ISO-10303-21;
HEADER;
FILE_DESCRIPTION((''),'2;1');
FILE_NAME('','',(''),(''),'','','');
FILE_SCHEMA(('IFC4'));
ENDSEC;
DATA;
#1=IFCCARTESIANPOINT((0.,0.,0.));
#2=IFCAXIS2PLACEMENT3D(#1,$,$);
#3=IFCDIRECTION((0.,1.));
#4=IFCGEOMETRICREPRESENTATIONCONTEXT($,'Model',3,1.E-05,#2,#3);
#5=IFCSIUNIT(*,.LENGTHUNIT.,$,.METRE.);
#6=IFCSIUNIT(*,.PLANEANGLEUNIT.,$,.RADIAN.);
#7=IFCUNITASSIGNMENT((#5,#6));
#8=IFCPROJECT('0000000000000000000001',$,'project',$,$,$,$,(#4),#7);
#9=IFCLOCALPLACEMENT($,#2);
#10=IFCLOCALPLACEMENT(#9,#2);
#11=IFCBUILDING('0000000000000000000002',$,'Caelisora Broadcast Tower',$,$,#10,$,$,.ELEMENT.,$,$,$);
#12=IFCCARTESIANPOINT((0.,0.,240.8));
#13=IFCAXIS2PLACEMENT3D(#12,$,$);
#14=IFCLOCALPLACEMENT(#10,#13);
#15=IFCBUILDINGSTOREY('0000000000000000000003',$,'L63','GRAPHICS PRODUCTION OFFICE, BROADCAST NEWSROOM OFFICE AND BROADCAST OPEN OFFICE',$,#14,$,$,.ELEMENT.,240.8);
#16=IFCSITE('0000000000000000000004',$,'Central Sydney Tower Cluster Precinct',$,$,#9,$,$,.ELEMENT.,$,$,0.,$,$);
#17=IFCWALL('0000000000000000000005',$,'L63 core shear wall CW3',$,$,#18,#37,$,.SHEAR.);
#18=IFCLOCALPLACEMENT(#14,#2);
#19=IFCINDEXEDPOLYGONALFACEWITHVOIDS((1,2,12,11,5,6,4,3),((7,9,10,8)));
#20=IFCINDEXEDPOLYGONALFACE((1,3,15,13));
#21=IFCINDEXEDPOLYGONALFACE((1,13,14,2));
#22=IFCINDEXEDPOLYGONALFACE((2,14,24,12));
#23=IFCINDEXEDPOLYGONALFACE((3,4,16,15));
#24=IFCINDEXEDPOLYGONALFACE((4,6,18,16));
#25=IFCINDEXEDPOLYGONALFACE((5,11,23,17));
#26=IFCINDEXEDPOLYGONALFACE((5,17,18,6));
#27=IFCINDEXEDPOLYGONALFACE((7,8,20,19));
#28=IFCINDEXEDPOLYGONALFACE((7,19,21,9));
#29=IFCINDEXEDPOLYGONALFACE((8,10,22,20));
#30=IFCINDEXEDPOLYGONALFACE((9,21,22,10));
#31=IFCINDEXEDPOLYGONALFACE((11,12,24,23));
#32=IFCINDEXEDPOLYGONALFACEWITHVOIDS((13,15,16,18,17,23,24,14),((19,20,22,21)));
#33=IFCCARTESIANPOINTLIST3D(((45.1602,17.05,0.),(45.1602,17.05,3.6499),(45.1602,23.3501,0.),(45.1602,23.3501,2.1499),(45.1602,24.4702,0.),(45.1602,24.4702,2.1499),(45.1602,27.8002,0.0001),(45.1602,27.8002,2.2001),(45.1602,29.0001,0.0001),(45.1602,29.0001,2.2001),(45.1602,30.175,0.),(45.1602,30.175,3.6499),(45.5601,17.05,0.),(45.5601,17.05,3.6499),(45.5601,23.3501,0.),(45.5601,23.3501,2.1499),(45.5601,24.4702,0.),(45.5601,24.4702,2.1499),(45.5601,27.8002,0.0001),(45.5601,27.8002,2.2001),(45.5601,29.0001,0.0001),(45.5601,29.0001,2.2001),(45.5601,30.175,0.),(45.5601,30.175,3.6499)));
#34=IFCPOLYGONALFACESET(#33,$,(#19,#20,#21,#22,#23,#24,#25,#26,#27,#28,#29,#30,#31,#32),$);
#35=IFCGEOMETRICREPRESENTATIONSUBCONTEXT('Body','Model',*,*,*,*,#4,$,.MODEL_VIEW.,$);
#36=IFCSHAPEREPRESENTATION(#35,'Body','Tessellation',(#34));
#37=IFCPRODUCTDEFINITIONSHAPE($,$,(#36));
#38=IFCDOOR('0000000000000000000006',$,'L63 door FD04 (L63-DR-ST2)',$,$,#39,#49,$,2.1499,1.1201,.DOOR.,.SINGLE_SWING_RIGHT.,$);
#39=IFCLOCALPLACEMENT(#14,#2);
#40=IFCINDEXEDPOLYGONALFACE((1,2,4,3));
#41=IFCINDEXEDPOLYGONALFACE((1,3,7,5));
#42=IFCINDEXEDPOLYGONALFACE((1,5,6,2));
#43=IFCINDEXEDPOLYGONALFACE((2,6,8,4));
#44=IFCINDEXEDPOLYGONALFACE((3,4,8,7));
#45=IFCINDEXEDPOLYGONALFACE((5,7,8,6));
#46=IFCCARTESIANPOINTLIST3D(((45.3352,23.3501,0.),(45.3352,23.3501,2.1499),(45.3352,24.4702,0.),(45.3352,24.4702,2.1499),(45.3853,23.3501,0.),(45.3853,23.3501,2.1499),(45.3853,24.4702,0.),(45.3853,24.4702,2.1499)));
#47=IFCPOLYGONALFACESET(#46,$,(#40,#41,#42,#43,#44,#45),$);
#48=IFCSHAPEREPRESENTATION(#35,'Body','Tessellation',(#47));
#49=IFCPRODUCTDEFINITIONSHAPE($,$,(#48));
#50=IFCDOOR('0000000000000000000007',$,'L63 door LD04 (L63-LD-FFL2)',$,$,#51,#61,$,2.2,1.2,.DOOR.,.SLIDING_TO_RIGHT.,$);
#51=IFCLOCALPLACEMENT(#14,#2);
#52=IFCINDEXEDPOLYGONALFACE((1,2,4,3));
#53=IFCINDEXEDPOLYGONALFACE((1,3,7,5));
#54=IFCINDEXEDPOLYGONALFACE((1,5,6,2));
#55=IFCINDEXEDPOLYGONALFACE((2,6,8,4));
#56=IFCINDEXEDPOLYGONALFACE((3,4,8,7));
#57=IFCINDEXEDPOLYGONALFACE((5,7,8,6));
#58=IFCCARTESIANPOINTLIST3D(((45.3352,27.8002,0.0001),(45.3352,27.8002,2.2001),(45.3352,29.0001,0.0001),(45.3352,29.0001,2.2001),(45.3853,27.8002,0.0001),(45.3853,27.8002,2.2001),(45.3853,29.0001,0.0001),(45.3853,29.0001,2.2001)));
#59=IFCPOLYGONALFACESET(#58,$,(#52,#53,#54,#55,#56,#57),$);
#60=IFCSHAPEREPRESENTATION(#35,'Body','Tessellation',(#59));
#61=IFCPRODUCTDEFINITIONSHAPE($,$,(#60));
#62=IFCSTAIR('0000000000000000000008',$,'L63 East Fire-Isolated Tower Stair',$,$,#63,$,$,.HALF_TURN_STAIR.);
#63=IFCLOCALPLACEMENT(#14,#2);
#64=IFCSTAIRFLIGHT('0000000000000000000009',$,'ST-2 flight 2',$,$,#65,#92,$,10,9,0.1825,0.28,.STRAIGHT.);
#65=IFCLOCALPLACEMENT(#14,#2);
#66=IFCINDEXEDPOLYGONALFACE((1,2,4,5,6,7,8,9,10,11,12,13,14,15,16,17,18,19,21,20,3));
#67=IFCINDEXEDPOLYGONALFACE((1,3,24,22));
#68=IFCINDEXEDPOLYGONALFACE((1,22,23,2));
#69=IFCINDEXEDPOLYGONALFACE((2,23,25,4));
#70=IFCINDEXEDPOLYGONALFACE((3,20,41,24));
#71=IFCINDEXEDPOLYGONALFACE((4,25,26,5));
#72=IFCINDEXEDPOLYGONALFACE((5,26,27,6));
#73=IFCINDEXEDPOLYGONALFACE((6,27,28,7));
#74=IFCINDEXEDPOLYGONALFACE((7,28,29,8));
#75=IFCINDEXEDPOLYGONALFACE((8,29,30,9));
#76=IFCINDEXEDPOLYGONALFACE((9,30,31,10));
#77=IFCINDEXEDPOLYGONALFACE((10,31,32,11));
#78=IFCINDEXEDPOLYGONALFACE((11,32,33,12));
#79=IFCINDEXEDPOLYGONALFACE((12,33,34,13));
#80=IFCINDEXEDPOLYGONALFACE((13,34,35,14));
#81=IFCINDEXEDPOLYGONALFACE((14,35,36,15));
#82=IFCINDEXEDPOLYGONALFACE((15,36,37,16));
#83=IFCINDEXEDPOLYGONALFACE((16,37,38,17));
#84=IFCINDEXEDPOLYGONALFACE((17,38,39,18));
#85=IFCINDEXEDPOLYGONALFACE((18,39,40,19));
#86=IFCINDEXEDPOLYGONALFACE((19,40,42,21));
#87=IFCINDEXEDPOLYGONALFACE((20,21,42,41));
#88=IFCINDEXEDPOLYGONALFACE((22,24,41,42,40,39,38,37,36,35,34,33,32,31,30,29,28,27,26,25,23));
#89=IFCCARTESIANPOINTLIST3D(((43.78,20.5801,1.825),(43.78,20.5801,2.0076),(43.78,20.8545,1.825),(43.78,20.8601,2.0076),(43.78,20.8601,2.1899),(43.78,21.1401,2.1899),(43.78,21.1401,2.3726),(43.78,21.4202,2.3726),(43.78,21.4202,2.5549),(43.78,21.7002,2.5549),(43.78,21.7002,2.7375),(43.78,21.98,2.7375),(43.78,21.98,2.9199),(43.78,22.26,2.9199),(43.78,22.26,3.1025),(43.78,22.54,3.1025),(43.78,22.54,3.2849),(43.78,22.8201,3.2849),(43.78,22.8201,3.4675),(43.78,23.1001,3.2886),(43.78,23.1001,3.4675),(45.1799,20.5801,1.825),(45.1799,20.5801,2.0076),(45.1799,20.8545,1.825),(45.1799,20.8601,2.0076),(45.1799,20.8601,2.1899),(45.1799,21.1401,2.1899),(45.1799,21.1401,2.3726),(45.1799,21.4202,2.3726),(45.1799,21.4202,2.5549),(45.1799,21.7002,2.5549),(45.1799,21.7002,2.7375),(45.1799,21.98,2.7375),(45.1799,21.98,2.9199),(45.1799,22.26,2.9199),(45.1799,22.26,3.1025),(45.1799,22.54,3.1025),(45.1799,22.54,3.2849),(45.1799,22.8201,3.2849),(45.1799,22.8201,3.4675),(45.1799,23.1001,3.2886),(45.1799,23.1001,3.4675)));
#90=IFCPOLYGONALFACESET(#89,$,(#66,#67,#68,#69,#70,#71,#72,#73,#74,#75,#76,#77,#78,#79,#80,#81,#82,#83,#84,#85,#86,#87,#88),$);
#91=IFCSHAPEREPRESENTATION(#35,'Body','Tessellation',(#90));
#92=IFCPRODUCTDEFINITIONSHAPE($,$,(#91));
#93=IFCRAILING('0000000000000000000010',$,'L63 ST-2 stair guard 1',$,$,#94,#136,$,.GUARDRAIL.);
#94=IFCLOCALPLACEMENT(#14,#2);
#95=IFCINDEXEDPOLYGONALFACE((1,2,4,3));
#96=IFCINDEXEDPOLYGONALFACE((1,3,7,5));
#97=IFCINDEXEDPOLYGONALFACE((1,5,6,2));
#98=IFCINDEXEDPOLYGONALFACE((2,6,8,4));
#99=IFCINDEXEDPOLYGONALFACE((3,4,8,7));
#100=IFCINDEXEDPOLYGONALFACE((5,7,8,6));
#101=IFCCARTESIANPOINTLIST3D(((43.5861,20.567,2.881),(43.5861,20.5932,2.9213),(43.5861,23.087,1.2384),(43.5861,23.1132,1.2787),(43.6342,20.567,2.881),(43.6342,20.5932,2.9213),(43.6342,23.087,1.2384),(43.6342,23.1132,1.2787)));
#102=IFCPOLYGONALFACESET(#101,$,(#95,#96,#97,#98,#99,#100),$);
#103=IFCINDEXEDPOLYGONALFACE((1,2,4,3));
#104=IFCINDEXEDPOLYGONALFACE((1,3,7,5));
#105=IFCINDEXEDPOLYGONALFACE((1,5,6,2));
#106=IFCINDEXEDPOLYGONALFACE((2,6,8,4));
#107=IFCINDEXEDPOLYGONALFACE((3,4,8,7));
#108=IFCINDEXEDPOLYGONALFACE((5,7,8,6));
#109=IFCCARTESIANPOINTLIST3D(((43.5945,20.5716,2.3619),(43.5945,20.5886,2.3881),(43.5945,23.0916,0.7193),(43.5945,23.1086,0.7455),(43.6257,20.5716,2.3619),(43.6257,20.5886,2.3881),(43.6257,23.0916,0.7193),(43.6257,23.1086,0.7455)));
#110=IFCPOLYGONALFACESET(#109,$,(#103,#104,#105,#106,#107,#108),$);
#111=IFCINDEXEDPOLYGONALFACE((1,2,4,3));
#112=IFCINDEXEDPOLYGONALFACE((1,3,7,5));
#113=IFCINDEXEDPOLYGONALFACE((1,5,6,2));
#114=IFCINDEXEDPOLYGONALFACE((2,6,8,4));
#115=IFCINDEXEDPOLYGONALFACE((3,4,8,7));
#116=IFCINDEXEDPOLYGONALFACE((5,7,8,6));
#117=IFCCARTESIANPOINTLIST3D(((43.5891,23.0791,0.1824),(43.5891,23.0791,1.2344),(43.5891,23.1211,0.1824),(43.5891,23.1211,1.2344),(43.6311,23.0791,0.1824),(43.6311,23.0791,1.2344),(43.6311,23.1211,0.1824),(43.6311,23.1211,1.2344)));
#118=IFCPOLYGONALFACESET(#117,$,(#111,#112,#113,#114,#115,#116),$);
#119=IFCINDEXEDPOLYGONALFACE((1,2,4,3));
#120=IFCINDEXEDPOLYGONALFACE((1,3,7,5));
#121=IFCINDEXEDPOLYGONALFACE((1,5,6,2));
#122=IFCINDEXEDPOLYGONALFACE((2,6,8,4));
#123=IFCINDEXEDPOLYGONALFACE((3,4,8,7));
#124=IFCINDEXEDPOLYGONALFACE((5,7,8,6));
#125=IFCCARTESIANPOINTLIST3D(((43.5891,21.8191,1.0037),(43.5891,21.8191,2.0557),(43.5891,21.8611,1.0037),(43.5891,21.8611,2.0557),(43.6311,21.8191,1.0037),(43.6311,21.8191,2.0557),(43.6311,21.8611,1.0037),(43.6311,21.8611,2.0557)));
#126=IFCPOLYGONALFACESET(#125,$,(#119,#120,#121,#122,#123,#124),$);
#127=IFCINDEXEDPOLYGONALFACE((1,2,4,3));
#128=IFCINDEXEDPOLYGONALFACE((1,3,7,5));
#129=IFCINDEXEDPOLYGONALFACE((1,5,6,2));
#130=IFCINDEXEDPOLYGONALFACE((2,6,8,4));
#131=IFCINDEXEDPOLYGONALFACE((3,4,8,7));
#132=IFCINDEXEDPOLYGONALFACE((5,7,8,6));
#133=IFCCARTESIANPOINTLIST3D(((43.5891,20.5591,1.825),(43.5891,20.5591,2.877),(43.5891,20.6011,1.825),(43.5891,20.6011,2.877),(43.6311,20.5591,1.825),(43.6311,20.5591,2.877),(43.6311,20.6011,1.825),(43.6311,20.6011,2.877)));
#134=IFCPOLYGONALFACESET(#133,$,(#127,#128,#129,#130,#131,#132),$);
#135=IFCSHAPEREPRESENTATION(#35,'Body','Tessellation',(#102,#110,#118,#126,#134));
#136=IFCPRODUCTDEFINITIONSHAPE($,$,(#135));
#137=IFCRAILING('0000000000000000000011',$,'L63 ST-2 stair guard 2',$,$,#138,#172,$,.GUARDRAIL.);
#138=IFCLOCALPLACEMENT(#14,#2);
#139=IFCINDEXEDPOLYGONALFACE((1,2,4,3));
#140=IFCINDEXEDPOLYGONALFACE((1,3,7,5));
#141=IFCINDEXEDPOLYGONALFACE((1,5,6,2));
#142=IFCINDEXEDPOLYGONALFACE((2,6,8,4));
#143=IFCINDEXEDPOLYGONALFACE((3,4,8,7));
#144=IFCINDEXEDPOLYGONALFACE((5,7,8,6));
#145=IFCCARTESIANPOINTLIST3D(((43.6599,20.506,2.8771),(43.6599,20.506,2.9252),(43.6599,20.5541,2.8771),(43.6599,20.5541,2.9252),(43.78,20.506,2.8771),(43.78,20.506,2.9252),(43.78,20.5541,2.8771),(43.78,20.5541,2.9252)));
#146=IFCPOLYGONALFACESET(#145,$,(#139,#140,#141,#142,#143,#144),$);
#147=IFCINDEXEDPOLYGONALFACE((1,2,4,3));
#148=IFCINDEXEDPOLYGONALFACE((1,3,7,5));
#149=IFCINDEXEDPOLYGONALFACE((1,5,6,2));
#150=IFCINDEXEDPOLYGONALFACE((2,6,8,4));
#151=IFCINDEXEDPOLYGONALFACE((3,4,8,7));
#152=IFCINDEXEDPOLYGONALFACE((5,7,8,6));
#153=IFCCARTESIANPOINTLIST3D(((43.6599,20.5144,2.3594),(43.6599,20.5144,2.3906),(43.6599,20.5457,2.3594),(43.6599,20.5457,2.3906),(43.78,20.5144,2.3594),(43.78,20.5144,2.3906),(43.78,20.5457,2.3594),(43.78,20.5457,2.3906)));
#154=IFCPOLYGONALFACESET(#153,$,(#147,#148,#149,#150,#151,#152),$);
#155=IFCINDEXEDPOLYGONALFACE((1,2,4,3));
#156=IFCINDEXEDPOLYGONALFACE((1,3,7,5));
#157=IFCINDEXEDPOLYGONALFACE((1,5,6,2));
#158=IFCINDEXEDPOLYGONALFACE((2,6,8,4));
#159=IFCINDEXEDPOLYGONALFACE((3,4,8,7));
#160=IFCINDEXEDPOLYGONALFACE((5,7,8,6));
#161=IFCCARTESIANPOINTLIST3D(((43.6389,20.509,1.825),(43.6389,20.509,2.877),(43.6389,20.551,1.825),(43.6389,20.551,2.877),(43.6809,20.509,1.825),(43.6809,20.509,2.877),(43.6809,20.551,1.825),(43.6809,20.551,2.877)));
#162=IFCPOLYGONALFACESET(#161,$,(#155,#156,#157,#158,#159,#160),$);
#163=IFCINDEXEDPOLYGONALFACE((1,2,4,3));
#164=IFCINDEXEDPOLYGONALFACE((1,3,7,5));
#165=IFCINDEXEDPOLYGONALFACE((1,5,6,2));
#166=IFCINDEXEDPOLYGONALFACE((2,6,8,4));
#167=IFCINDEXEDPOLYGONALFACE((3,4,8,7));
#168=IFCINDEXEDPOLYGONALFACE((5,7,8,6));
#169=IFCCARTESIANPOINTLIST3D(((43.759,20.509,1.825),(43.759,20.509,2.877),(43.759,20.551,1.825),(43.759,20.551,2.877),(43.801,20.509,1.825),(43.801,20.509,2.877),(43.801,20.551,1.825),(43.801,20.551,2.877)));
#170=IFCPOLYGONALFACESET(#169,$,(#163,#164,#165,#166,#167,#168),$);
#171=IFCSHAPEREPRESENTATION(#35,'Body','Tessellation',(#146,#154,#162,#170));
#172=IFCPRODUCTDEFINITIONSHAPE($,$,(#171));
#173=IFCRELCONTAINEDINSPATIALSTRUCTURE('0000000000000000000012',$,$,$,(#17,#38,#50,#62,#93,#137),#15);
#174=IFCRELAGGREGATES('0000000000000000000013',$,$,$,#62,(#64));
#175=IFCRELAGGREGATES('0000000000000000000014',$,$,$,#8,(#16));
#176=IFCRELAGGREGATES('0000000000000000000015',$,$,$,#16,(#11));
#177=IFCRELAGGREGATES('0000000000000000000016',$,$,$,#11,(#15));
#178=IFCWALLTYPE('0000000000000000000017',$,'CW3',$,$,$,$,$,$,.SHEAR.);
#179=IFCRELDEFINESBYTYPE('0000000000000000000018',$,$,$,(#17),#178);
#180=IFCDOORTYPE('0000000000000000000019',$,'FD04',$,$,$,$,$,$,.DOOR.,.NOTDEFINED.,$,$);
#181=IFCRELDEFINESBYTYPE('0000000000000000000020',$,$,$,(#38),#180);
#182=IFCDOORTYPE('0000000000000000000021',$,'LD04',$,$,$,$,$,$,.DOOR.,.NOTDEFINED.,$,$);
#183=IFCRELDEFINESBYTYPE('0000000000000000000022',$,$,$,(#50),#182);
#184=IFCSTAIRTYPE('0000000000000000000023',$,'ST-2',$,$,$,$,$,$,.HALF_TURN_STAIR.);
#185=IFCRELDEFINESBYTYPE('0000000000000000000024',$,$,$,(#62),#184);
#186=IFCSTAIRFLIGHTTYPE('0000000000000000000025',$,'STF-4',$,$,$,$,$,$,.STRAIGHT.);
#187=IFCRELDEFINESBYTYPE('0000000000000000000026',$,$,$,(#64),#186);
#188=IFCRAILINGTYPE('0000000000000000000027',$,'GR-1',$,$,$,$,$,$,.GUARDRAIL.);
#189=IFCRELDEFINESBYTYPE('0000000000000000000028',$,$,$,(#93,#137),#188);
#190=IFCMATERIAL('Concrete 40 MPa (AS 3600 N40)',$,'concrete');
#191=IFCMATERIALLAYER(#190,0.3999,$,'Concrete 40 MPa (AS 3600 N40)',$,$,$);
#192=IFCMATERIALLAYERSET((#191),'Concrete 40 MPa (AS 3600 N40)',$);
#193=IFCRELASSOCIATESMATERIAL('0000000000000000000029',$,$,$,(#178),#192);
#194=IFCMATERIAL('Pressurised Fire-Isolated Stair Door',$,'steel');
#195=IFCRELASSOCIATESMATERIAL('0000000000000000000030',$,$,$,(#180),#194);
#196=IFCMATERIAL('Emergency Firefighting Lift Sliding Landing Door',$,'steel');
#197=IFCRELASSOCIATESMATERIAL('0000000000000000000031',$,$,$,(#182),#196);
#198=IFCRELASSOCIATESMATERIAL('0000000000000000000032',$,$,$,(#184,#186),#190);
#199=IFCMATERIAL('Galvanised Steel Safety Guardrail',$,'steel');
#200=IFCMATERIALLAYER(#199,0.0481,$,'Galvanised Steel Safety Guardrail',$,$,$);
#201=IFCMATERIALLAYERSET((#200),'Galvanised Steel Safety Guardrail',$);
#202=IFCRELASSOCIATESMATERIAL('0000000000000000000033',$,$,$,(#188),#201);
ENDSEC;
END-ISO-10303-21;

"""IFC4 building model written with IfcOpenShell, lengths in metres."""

from ifc_helpers import new_model, si_unit, direction, frame, frame_2d, origin, origin_2d, place, context, subcontext, project, spatial, polyline, rectangle, outline, extrude, material, layer, layer_set, type_object, element, fill, aggregate, save


model = new_model("IFC4")

# Units and contexts
model_context = context("Model", 3, precision=1e-05, world=origin(), true_north=direction((0.0, 1.0)))
body_context = subcontext(model_context, "Body", "Model", "MODEL_VIEW")
ifc_project = project(units=[si_unit("LENGTHUNIT", "METRE"), si_unit("PLANEANGLEUNIT", "RADIAN")], contexts=[model_context])

# Site, building, storey
site_placement = place(None, origin())
site = spatial("IfcSite", under=ifc_project, at=site_placement, Name="Central Sydney Tower Cluster Precinct", CompositionType="ELEMENT", RefElevation=0.0)
building_placement = place(site_placement, origin())
building = spatial("IfcBuilding", under=site, at=building_placement, Name="Caelisora Broadcast Tower", CompositionType="ELEMENT")
storey_placement = place(building_placement, frame((0.0, 0.0, 240.8)))
storey = spatial("IfcBuildingStorey", under=building, at=storey_placement, Name="L63", Description="GRAPHICS PRODUCTION OFFICE, BROADCAST NEWSROOM OFFICE AND BROADCAST OPEN OFFICE", CompositionType="ELEMENT", Elevation=240.8)

# Wall, openings, doors
ifc_material_1 = material(Name="Concrete 40 MPa (AS 3600 N40)", Category="concrete")
ifc_layer_1 = layer(ifc_material_1, 0.3999, Name="Concrete 40 MPa (AS 3600 N40)")
ifc_layer_set_1 = layer_set([ifc_layer_1], Name="Concrete 40 MPa (AS 3600 N40)")
wall_type = type_object("IfcWallType", Name="CW3", PredefinedType="SHEAR", material=ifc_layer_set_1)
wall_placement = place(storey_placement, frame((45.3601, 17.05, 0.0), z_axis=(0.0, 0.0, 1.0), x_axis=(0.0, 1.0, 0.0)))
wall = element("IfcWall", 1, at=wall_placement, inside=storey, type_object=wall_type, Name="L63 core shear wall CW3", PredefinedType="SHEAR", context=body_context, shape_type="SweptSolid", body=[
    extrude(rectangle(XDim=13.125, YDim=0.3999, at=frame_2d((6.5625, 0.0))), origin(), (0.0, 0.0, 1.0), 3.6499),
])
opening_1_placement = place(wall_placement, frame((6.3, 0.0, 0.0)))
opening_1 = element("IfcOpeningElement", 2, at=opening_1_placement, cuts=wall, PredefinedType="OPENING", context=body_context, shape_type="SweptSolid", body=[
    extrude(rectangle(XDim=1.1201, YDim=2.1499, at=frame_2d((0.5601, 1.075))), frame((0.0, 0.2119, 0.0), z_axis=(0.0, -1.0, 0.0), x_axis=(1.0, 0.0, 0.0)), (0.0, 0.0, 1.0), 0.4238),
])
opening_2_placement = place(wall_placement, frame((10.75, 0.0, 0.0)))
opening_2 = element("IfcOpeningElement", 3, at=opening_2_placement, cuts=wall, PredefinedType="OPENING", context=body_context, shape_type="SweptSolid", body=[
    extrude(rectangle(XDim=1.2, YDim=2.2, at=frame_2d((0.6001, 1.1001))), frame((0.0, 0.2119, 0.0), z_axis=(0.0, -1.0, 0.0), x_axis=(1.0, 0.0, 0.0)), (0.0, 0.0, 1.0), 0.4238),
])
ifc_material_2 = material(Name="Pressurised Fire-Isolated Stair Door", Category="steel")
door_type_1 = type_object("IfcDoorType", Name="FD04", OperationType="NOTDEFINED", PredefinedType="DOOR", material=ifc_material_2)
door_1_placement = place(opening_1_placement, origin())
door_1 = element("IfcDoor", 4, at=door_1_placement, inside=storey, type_object=door_type_1, Name="L63 door FD04 (L63-DR-ST2)", OperationType="SINGLE_SWING_RIGHT", OverallHeight=2.1499, OverallWidth=1.1201, PredefinedType="DOOR", context=body_context, shape_type="SweptSolid", body=[
    extrude(rectangle(XDim=1.1201, YDim=2.1499, at=frame_2d((0.5601, 1.075))), frame((0.0, 0.0249, 0.0), z_axis=(0.0, -1.0, 0.0), x_axis=(1.0, 0.0, 0.0)), (0.0, 0.0, 1.0), 0.05),
])
fill(opening_1, door_1)
ifc_material_3 = material(Name="Emergency Firefighting Lift Sliding Landing Door", Category="steel")
door_type_2 = type_object("IfcDoorType", Name="LD04", OperationType="NOTDEFINED", PredefinedType="DOOR", material=ifc_material_3)
door_2_placement = place(opening_2_placement, origin())
door_2 = element("IfcDoor", 5, at=door_2_placement, inside=storey, type_object=door_type_2, Name="L63 door LD04 (L63-LD-FFL2)", OperationType="SLIDING_TO_RIGHT", OverallHeight=2.2, OverallWidth=1.2, PredefinedType="DOOR", context=body_context, shape_type="SweptSolid", body=[
    extrude(rectangle(XDim=1.2, YDim=2.2, at=frame_2d((0.6001, 1.1001))), frame((0.0, 0.0249, 0.0), z_axis=(0.0, -1.0, 0.0), x_axis=(1.0, 0.0, 0.0)), (0.0, 0.0, 1.0), 0.05),
])
fill(opening_2, door_2)

# Stair, stair flight
stair_type = type_object("IfcStairType", Name="ST-2", PredefinedType="HALF_TURN_STAIR", material=ifc_material_1)
stair_placement = place(storey_placement, origin())
stair = element("IfcStair", 6, at=stair_placement, inside=storey, type_object=stair_type, Name="L63 East Fire-Isolated Tower Stair", PredefinedType="HALF_TURN_STAIR")
stair_flight_type = type_object("IfcStairFlightType", Name="STF-4", PredefinedType="STRAIGHT", material=ifc_material_1)
stair_flight_placement = place(storey_placement, frame((44.48, 20.5801, 1.825), z_axis=(0.0, 0.0, 1.0), x_axis=(0.0, 1.0, 0.0)))
stair_flight = element("IfcStairFlight", 7, at=stair_flight_placement, type_object=stair_flight_type, Name="ST-2 flight 2", NumberOfRisers=10, NumberOfTreads=9, PredefinedType="STRAIGHT", RiserHeight=0.1825, TreadLength=0.28, context=body_context, shape_type="SweptSolid", body=[
    extrude(outline(polyline([(0.0, 0.0), (0.0, 0.1826), (0.28, 0.1826), (0.28, 0.365), (0.5601, 0.365), (0.5601, 0.5476), (0.8401, 0.5476), (0.8401, 0.73), (1.1201, 0.73), (1.1201, 0.9126), (1.3999, 0.9126), (1.3999, 1.095), (1.6799, 1.095), (1.6799, 1.2776), (1.96, 1.2776), (1.96, 1.46), (2.24, 1.46), (2.24, 1.6426), (2.52, 1.6426), (2.52, 1.825), (2.52, 1.4636), (0.2744, 0.0), (0.0, 0.0)])), frame((0.0, 0.7, 0.0), z_axis=(0.0, -1.0, 0.0), x_axis=(1.0, 0.0, 0.0)), (0.0, 0.0, 1.0), 1.3999),
])
aggregate(stair, [stair_flight])

# Railings
ifc_material_4 = material(Name="Galvanised Steel Safety Guardrail", Category="steel")
ifc_layer_2 = layer(ifc_material_4, 0.0481, Name="Galvanised Steel Safety Guardrail")
ifc_layer_set_2 = layer_set([ifc_layer_2], Name="Galvanised Steel Safety Guardrail")
railing_type_1 = type_object("IfcRailingType", Name="GR-1", PredefinedType="GUARDRAIL", material=ifc_layer_set_2)
railing_1_placement = place(storey_placement, frame((43.6101, 23.1001, 0.1824)))
element("IfcRailing", 8, at=railing_1_placement, inside=storey, type_object=railing_type_1, Name="L63 ST-2 stair guard 1", PredefinedType="GUARDRAIL", context=body_context, shape_type="SweptSolid", body=[
    extrude(rectangle(XDim=0.0481, YDim=0.0481, at=origin_2d()), frame((0.0, 0.0, 1.0762), z_axis=(0.0, -0.837749, 0.546055), x_axis=(1.0, 0.0, 0.0)), (0.0, 0.0, 1.0), 3.0081),
    extrude(rectangle(XDim=0.0312, YDim=0.0312, at=origin_2d()), frame((0.0, 0.0, 0.55), z_axis=(0.0, -0.837749, 0.546055), x_axis=(1.0, 0.0, 0.0)), (0.0, 0.0, 1.0), 3.0081),
    extrude(rectangle(XDim=0.042, YDim=0.042, at=origin_2d()), origin(), (0.0, 0.0, 1.0), 1.052),
    extrude(rectangle(XDim=0.042, YDim=0.042, at=origin_2d()), frame((0.0, -1.26, 0.8213)), (0.0, 0.0, 1.0), 1.052),
    extrude(rectangle(XDim=0.042, YDim=0.042, at=origin_2d()), frame((0.0, -2.52, 1.6426)), (0.0, 0.0, 1.0), 1.052),
])
railing_2_placement = place(storey_placement, frame((43.6599, 20.53, 1.825)))
element("IfcRailing", 9, at=railing_2_placement, inside=storey, type_object=railing_type_1, Name="L63 ST-2 stair guard 2", PredefinedType="GUARDRAIL", context=body_context, shape_type="SweptSolid", body=[
    extrude(rectangle(XDim=0.0481, YDim=0.0481, at=origin_2d()), frame((0.0, 0.0, 1.0762), z_axis=(1.0, 0.0, 0.0), x_axis=(0.0, 1.0, 0.0)), (0.0, 0.0, 1.0), 0.1201),
    extrude(rectangle(XDim=0.0312, YDim=0.0312, at=origin_2d()), frame((0.0, 0.0, 0.55), z_axis=(1.0, 0.0, 0.0), x_axis=(0.0, 1.0, 0.0)), (0.0, 0.0, 1.0), 0.1201),
    extrude(rectangle(XDim=0.042, YDim=0.042, at=origin_2d()), origin(), (0.0, 0.0, 1.0), 1.052),
    extrude(rectangle(XDim=0.042, YDim=0.042, at=origin_2d()), frame((0.1201, 0.0, 0.0)), (0.0, 0.0, 1.0), 1.052),
])

save(model, "model.ifc")
